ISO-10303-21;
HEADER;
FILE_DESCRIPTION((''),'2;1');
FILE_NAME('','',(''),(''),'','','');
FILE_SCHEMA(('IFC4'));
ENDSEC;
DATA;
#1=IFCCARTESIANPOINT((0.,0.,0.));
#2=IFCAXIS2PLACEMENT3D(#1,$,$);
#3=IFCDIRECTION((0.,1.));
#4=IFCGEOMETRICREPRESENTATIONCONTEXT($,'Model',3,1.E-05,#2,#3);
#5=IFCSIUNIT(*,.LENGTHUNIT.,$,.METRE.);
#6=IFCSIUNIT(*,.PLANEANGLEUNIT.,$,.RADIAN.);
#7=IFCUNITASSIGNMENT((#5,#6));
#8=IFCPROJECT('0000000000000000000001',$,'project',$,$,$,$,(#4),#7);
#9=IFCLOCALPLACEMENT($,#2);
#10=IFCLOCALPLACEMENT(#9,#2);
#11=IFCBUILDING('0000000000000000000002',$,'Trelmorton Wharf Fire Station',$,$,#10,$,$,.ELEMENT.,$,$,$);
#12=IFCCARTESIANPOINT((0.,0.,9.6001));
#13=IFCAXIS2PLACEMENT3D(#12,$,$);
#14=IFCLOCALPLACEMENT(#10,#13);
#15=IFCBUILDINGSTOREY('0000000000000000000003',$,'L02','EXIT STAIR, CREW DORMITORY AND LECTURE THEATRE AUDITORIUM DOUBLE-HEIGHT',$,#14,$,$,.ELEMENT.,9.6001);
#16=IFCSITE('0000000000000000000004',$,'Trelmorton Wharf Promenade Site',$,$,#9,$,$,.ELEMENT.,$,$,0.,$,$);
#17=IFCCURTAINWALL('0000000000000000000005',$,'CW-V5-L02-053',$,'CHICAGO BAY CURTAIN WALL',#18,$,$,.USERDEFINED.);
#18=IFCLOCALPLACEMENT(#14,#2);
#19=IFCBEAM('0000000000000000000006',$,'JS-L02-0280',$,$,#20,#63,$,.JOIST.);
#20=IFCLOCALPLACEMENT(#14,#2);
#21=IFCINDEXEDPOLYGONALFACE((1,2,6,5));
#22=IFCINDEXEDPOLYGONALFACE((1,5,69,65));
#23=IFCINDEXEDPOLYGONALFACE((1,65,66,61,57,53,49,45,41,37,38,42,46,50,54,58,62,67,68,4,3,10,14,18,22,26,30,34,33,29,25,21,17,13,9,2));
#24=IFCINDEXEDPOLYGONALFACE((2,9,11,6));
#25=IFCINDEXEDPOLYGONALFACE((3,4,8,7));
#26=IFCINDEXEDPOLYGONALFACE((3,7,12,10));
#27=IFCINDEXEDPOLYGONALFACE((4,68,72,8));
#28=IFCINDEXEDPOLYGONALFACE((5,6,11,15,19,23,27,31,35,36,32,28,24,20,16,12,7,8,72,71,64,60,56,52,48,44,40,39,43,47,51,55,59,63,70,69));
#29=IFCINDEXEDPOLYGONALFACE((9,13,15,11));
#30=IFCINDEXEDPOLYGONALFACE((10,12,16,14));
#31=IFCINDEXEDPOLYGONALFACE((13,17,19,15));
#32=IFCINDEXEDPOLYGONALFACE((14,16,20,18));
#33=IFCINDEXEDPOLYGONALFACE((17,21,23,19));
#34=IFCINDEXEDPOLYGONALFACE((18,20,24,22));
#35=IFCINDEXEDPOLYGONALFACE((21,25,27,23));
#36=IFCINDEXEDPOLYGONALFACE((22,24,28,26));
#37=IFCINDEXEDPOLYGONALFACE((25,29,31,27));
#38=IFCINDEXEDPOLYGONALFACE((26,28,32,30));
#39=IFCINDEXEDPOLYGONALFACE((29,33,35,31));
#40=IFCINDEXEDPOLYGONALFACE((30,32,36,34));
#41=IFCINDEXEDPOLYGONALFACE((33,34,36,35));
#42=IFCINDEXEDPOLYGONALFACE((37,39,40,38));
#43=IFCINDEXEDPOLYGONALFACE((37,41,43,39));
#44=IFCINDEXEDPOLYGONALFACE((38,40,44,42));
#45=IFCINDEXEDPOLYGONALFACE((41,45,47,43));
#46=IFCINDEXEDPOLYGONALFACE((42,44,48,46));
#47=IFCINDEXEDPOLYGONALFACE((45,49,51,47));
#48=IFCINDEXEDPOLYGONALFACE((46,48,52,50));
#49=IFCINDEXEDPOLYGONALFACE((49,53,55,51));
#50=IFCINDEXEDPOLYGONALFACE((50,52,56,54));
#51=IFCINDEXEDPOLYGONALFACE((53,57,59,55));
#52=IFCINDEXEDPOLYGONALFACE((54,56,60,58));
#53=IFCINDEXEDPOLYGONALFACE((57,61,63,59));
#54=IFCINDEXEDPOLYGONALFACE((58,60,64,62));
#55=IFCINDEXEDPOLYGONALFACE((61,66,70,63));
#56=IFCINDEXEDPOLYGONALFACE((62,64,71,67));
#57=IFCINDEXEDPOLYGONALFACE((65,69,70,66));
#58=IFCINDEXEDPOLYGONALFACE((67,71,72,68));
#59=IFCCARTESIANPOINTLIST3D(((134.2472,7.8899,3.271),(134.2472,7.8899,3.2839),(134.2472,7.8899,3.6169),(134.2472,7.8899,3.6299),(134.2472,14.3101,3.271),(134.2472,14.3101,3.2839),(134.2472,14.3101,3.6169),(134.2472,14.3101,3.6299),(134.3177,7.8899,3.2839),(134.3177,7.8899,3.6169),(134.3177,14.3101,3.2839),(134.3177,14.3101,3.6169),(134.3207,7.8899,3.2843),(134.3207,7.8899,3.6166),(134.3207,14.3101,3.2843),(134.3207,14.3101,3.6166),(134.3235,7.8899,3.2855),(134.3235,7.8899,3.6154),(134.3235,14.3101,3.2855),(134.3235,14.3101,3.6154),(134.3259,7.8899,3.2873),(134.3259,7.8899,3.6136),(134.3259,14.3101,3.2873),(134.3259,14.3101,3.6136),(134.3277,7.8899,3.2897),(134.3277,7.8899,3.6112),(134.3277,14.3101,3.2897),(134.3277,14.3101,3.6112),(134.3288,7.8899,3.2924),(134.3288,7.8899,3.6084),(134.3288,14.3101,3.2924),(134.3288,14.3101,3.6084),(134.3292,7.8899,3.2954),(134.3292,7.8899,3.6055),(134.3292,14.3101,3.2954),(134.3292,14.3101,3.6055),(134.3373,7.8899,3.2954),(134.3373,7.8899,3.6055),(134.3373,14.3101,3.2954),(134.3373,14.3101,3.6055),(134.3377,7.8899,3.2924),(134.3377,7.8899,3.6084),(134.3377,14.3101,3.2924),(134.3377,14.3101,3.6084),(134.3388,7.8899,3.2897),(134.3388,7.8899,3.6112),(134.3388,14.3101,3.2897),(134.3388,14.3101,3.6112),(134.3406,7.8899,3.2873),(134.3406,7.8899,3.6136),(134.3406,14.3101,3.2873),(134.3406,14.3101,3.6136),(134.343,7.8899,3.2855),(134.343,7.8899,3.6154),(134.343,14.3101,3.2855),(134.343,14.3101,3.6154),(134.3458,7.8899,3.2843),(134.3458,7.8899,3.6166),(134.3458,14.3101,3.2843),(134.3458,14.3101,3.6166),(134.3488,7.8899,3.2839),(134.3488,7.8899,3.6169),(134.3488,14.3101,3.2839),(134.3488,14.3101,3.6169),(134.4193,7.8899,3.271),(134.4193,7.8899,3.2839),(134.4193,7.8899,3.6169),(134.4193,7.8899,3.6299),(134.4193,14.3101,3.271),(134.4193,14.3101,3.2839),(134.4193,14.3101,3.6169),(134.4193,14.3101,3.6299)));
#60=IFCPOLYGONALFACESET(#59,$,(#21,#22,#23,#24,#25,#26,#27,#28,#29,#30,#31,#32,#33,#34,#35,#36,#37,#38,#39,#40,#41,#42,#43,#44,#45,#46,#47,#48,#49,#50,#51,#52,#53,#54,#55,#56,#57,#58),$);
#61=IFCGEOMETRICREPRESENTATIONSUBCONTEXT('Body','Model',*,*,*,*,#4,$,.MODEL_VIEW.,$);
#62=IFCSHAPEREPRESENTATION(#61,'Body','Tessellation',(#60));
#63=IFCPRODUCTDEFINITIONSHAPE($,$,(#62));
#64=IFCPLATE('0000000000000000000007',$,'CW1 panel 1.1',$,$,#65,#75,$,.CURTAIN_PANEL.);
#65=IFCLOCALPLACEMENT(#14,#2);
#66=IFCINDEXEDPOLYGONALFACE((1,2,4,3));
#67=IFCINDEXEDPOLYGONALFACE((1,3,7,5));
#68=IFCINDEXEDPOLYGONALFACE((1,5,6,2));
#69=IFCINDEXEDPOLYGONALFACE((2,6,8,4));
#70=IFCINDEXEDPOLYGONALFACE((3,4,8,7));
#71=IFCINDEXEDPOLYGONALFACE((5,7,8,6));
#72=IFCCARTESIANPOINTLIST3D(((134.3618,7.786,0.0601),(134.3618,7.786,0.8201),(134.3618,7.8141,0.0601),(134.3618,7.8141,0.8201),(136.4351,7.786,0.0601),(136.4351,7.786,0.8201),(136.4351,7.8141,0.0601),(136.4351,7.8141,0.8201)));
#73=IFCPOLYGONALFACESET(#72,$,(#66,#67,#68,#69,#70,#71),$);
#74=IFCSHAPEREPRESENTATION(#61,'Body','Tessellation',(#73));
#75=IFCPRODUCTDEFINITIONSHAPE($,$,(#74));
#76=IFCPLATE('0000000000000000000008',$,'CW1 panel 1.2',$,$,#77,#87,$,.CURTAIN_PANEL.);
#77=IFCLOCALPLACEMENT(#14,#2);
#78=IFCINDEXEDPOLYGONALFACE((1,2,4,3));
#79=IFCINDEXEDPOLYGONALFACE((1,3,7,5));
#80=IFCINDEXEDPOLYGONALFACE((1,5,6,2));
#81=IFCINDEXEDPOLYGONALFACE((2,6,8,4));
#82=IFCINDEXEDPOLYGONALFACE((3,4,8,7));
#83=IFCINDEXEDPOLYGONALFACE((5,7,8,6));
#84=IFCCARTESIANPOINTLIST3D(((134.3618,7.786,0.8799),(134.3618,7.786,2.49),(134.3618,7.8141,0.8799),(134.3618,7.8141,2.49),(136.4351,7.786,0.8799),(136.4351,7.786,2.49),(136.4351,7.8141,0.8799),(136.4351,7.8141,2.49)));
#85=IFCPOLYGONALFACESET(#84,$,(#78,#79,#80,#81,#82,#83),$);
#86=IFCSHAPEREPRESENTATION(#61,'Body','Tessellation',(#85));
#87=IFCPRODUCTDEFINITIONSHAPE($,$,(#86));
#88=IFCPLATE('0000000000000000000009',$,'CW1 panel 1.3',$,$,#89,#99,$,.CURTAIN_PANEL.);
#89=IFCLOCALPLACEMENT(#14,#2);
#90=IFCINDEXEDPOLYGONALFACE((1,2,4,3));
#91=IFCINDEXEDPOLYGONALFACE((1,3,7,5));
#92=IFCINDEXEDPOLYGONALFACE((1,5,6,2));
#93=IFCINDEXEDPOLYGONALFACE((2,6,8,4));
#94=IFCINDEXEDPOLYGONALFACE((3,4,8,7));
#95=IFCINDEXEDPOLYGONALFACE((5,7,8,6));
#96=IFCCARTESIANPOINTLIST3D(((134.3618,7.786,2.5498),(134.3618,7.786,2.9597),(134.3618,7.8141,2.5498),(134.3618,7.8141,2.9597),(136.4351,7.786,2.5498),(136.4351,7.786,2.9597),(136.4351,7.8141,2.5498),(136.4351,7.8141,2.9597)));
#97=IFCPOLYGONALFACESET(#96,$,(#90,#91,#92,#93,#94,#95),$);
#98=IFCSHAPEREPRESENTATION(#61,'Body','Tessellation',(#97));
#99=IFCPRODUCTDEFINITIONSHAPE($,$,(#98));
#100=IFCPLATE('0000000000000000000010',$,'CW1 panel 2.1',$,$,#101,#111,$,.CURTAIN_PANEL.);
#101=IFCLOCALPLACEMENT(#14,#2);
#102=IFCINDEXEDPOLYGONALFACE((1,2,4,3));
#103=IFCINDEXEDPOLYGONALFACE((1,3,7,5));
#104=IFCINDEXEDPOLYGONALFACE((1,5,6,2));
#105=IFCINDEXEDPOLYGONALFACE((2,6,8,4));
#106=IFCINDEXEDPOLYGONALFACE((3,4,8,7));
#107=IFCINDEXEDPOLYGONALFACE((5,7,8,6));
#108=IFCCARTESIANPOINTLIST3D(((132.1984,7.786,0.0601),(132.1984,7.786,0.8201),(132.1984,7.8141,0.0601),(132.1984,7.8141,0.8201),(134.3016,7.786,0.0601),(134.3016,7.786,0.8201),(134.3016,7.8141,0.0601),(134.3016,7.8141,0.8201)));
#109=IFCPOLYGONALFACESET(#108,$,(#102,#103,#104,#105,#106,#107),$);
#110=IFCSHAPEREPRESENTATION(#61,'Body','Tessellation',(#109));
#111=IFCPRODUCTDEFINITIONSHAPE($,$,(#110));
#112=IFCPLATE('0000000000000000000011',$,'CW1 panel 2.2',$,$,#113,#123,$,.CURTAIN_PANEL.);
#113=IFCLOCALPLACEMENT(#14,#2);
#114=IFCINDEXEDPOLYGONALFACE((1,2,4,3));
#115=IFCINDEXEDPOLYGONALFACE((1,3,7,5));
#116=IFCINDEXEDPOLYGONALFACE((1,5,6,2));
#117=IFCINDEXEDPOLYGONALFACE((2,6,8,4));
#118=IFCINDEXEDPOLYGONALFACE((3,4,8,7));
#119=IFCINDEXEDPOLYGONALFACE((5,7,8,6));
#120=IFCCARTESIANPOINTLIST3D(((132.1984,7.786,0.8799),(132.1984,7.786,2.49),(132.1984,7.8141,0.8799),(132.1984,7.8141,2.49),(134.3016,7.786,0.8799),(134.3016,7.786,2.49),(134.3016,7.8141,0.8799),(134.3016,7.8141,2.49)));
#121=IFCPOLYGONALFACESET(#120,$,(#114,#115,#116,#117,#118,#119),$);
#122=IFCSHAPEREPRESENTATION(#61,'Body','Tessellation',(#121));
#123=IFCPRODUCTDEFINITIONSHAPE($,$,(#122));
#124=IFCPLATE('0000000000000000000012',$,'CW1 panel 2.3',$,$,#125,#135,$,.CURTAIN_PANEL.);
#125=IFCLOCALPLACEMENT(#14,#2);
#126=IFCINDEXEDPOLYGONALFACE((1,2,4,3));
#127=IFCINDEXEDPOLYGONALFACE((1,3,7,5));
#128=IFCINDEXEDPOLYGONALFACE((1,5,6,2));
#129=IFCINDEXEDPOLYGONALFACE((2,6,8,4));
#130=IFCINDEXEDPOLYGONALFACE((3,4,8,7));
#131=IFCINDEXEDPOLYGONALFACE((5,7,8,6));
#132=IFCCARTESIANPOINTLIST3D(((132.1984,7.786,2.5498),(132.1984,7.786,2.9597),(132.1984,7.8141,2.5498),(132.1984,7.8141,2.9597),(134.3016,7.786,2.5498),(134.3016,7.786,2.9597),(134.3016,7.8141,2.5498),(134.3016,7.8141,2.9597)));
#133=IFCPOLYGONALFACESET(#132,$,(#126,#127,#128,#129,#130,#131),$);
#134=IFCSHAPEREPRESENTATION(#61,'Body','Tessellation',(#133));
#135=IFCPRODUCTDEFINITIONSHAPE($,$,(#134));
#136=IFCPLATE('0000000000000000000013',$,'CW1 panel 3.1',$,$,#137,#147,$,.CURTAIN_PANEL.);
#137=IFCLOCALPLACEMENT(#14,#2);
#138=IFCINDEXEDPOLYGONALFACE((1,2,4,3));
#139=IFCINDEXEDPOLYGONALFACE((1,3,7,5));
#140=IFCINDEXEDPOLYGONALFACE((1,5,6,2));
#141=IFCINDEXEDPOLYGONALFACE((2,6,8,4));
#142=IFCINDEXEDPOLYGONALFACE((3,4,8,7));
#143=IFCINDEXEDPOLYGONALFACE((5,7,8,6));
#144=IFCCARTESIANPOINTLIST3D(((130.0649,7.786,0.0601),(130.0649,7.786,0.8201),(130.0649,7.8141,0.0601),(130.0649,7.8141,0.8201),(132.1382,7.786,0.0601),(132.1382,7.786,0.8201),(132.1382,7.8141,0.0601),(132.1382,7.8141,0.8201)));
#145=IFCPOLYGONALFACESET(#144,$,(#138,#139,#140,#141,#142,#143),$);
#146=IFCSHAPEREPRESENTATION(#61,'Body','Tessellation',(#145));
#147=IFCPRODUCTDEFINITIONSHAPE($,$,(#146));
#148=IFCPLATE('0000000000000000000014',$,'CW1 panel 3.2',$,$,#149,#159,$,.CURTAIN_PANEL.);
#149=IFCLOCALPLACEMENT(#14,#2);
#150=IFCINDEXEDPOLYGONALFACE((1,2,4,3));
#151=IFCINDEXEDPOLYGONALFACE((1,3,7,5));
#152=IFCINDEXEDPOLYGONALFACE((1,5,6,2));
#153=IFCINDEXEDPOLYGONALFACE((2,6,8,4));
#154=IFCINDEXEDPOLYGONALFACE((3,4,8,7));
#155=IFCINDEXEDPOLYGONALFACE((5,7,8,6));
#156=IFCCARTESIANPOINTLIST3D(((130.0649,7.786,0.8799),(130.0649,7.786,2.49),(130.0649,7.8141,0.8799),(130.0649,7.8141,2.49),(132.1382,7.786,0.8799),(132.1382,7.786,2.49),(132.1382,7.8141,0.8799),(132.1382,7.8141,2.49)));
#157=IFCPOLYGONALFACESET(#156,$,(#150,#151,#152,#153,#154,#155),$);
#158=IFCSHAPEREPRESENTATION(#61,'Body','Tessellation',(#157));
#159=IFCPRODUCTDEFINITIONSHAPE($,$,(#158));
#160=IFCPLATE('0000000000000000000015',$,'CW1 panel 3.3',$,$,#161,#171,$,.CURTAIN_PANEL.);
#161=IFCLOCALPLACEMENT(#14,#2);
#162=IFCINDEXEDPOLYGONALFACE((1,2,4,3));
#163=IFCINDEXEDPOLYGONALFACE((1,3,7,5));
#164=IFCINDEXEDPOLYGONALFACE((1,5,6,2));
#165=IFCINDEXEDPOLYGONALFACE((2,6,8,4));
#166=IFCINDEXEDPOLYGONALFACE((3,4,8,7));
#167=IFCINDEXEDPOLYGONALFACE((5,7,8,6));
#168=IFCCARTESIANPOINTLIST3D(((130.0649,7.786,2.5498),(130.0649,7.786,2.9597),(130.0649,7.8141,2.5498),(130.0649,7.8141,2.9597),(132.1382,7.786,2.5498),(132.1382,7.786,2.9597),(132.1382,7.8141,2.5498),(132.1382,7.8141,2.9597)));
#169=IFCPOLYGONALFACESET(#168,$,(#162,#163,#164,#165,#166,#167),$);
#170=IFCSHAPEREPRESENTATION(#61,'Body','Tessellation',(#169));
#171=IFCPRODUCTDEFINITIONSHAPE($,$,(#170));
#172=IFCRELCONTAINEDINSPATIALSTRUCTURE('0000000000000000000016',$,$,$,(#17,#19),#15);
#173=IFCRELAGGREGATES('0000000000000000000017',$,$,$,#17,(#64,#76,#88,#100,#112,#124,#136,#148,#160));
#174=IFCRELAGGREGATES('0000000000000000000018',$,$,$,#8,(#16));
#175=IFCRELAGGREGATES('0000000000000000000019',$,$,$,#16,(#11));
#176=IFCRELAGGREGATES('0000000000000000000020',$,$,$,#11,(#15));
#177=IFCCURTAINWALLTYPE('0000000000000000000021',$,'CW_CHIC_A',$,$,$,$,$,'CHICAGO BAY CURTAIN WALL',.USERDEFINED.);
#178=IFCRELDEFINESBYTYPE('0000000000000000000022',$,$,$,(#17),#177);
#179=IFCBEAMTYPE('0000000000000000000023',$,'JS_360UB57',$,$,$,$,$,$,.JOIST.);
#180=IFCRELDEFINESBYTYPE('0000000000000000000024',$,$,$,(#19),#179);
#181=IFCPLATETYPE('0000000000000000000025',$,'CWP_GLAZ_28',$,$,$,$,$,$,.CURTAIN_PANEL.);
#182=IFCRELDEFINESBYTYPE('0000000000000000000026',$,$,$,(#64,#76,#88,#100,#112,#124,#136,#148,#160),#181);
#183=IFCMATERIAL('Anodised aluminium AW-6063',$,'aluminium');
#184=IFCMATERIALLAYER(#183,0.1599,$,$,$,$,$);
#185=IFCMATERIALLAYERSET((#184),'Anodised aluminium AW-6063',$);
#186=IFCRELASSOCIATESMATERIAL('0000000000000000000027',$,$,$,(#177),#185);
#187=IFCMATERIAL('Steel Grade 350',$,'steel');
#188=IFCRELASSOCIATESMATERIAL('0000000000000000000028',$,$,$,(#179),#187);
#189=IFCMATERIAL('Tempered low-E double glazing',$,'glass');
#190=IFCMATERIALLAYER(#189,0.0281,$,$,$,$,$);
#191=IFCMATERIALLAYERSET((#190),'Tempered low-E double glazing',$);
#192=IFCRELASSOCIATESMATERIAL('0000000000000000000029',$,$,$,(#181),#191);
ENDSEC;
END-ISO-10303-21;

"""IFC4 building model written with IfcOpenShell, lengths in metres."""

from ifc_helpers import new_model, si_unit, direction, frame, origin, origin_2d, place, context, subcontext, project, spatial, rectangle, i_section, extrude, material, layer, layer_set, material_profile, profile_set, type_object, element, aggregate, save


model = new_model("IFC4")

# Units and contexts
model_context = context("Model", 3, precision=1e-05, world=origin(), true_north=direction((0.0, 1.0)))
body_context = subcontext(model_context, "Body", "Model", "MODEL_VIEW")
ifc_project = project(units=[si_unit("LENGTHUNIT", "METRE"), si_unit("PLANEANGLEUNIT", "RADIAN")], contexts=[model_context])

# Site, building, storey
site_placement = place(None, origin())
site = spatial("IfcSite", under=ifc_project, at=site_placement, Name="Trelmorton Wharf Promenade Site", CompositionType="ELEMENT", RefElevation=0.0)
building_placement = place(site_placement, origin())
building = spatial("IfcBuilding", under=site, at=building_placement, Name="Trelmorton Wharf Fire Station", CompositionType="ELEMENT")
storey_placement = place(building_placement, frame((0.0, 0.0, 9.6001)))
storey = spatial("IfcBuildingStorey", under=building, at=storey_placement, Name="L02", Description="EXIT STAIR, CREW DORMITORY AND LECTURE THEATRE AUDITORIUM DOUBLE-HEIGHT", CompositionType="ELEMENT", Elevation=9.6001)

# Curtain wall
ifc_material_1 = material(Name="Anodised aluminium AW-6063", Category="aluminium")
ifc_layer_1 = layer(ifc_material_1, 0.1599)
ifc_layer_set_1 = layer_set([ifc_layer_1], Name="Anodised aluminium AW-6063")
curtain_wall_type = type_object("IfcCurtainWallType", Name="CW_CHIC_A", ElementType="CHICAGO BAY CURTAIN WALL", PredefinedType="USERDEFINED", material=ifc_layer_set_1)
curtain_wall_placement = place(storey_placement, origin())
curtain_wall = element("IfcCurtainWall", 1, at=curtain_wall_placement, inside=storey, type_object=curtain_wall_type, Name="CW-V5-L02-053", ObjectType="CHICAGO BAY CURTAIN WALL", PredefinedType="USERDEFINED")

# Beam
ifc_material_2 = material(Name="Steel Grade 350", Category="steel")
ifc_material_profile_1 = material_profile(ifc_material_2, i_section(OverallWidth=0.1721, OverallDepth=0.3589, WebThickness=0.0081, FlangeThickness=0.0129, FilletRadius=0.0115, at=origin_2d()), Name="360UB56.7")
ifc_profile_set_1 = profile_set([ifc_material_profile_1], Name="Steel Grade 350")
beam_type = type_object("IfcBeamType", Name="JS_360UB57", PredefinedType="JOIST", material=ifc_profile_set_1)
for number, where, z_axis, x_axis, name in (
    (2, (134.3333, 7.8899, 3.4504), (0.0, 1.0, 0.0), (-1.0, 0.0, 0.0), "JS-L02-0280"),
):
    element("IfcBeam", number, at=place(storey_placement, frame(where, z_axis=z_axis, x_axis=x_axis)), inside=storey, type_object=beam_type, Name=name, PredefinedType="JOIST", context=body_context, shape_type="SweptSolid", body=[
        extrude(i_section(OverallWidth=0.1721, OverallDepth=0.3589, WebThickness=0.0081, FlangeThickness=0.0129, FilletRadius=0.0115, at=origin_2d()), origin(), (0.0, 0.0, 1.0), 6.4202),
    ])

# Plates
ifc_material_3 = material(Name="Tempered low-E double glazing", Category="glass")
ifc_layer_2 = layer(ifc_material_3, 0.0281)
ifc_layer_set_2 = layer_set([ifc_layer_2], Name="Tempered low-E double glazing")
plate_type = type_object("IfcPlateType", Name="CWP_GLAZ_28", PredefinedType="CURTAIN_PANEL", material=ifc_layer_set_2)
plate_1_placement = place(storey_placement, frame((135.3984, 7.8, 0.0601), z_axis=(0.0, 0.0, 1.0), x_axis=(-1.0, 0.0, 0.0)))
plate_1 = element("IfcPlate", 3, at=plate_1_placement, type_object=plate_type, Name="CW1 panel 1.1", PredefinedType="CURTAIN_PANEL", context=body_context, shape_type="SweptSolid", body=[
    extrude(rectangle(XDim=2.0732, YDim=0.0281, at=origin_2d()), origin(), (0.0, 0.0, 1.0), 0.76),
])
plate_2_placement = place(storey_placement, frame((135.3984, 7.8, 0.8799), z_axis=(0.0, 0.0, 1.0), x_axis=(-1.0, 0.0, 0.0)))
plate_2 = element("IfcPlate", 4, at=plate_2_placement, type_object=plate_type, Name="CW1 panel 1.2", PredefinedType="CURTAIN_PANEL", context=body_context, shape_type="SweptSolid", body=[
    extrude(rectangle(XDim=2.0732, YDim=0.0281, at=origin_2d()), origin(), (0.0, 0.0, 1.0), 1.6101),
])
plate_3_placement = place(storey_placement, frame((135.3984, 7.8, 2.5498), z_axis=(0.0, 0.0, 1.0), x_axis=(-1.0, 0.0, 0.0)))
plate_3 = element("IfcPlate", 5, at=plate_3_placement, type_object=plate_type, Name="CW1 panel 1.3", PredefinedType="CURTAIN_PANEL", context=body_context, shape_type="SweptSolid", body=[
    extrude(rectangle(XDim=2.0732, YDim=0.0281, at=origin_2d()), origin(), (0.0, 0.0, 1.0), 0.4099),
])
plate_4_placement = place(storey_placement, frame((133.25, 7.8, 0.0601), z_axis=(0.0, 0.0, 1.0), x_axis=(-1.0, 0.0, 0.0)))
plate_4 = element("IfcPlate", 6, at=plate_4_placement, type_object=plate_type, Name="CW1 panel 2.1", PredefinedType="CURTAIN_PANEL", context=body_context, shape_type="SweptSolid", body=[
    extrude(rectangle(XDim=2.1033, YDim=0.0281, at=origin_2d()), origin(), (0.0, 0.0, 1.0), 0.76),
])
plate_5_placement = place(storey_placement, frame((133.25, 7.8, 0.8799), z_axis=(0.0, 0.0, 1.0), x_axis=(-1.0, 0.0, 0.0)))
plate_5 = element("IfcPlate", 7, at=plate_5_placement, type_object=plate_type, Name="CW1 panel 2.2", PredefinedType="CURTAIN_PANEL", context=body_context, shape_type="SweptSolid", body=[
    extrude(rectangle(XDim=2.1033, YDim=0.0281, at=origin_2d()), origin(), (0.0, 0.0, 1.0), 1.6101),
])
plate_6_placement = place(storey_placement, frame((133.25, 7.8, 2.5498), z_axis=(0.0, 0.0, 1.0), x_axis=(-1.0, 0.0, 0.0)))
plate_6 = element("IfcPlate", 8, at=plate_6_placement, type_object=plate_type, Name="CW1 panel 2.3", PredefinedType="CURTAIN_PANEL", context=body_context, shape_type="SweptSolid", body=[
    extrude(rectangle(XDim=2.1033, YDim=0.0281, at=origin_2d()), origin(), (0.0, 0.0, 1.0), 0.4099),
])
plate_7_placement = place(storey_placement, frame((131.1016, 7.8, 0.0601), z_axis=(0.0, 0.0, 1.0), x_axis=(-1.0, 0.0, 0.0)))
plate_7 = element("IfcPlate", 9, at=plate_7_placement, type_object=plate_type, Name="CW1 panel 3.1", PredefinedType="CURTAIN_PANEL", context=body_context, shape_type="SweptSolid", body=[
    extrude(rectangle(XDim=2.0732, YDim=0.0281, at=origin_2d()), origin(), (0.0, 0.0, 1.0), 0.76),
])
plate_8_placement = place(storey_placement, frame((131.1016, 7.8, 0.8799), z_axis=(0.0, 0.0, 1.0), x_axis=(-1.0, 0.0, 0.0)))
plate_8 = element("IfcPlate", 10, at=plate_8_placement, type_object=plate_type, Name="CW1 panel 3.2", PredefinedType="CURTAIN_PANEL", context=body_context, shape_type="SweptSolid", body=[
    extrude(rectangle(XDim=2.0732, YDim=0.0281, at=origin_2d()), origin(), (0.0, 0.0, 1.0), 1.6101),
])
plate_9_placement = place(storey_placement, frame((131.1016, 7.8, 2.5498), z_axis=(0.0, 0.0, 1.0), x_axis=(-1.0, 0.0, 0.0)))
plate_9 = element("IfcPlate", 11, at=plate_9_placement, type_object=plate_type, Name="CW1 panel 3.3", PredefinedType="CURTAIN_PANEL", context=body_context, shape_type="SweptSolid", body=[
    extrude(rectangle(XDim=2.0732, YDim=0.0281, at=origin_2d()), origin(), (0.0, 0.0, 1.0), 0.4099),
])
aggregate(curtain_wall, [plate_1, plate_2, plate_3, plate_4, plate_5, plate_6, plate_7, plate_8, plate_9])

save(model, "model.ifc")
